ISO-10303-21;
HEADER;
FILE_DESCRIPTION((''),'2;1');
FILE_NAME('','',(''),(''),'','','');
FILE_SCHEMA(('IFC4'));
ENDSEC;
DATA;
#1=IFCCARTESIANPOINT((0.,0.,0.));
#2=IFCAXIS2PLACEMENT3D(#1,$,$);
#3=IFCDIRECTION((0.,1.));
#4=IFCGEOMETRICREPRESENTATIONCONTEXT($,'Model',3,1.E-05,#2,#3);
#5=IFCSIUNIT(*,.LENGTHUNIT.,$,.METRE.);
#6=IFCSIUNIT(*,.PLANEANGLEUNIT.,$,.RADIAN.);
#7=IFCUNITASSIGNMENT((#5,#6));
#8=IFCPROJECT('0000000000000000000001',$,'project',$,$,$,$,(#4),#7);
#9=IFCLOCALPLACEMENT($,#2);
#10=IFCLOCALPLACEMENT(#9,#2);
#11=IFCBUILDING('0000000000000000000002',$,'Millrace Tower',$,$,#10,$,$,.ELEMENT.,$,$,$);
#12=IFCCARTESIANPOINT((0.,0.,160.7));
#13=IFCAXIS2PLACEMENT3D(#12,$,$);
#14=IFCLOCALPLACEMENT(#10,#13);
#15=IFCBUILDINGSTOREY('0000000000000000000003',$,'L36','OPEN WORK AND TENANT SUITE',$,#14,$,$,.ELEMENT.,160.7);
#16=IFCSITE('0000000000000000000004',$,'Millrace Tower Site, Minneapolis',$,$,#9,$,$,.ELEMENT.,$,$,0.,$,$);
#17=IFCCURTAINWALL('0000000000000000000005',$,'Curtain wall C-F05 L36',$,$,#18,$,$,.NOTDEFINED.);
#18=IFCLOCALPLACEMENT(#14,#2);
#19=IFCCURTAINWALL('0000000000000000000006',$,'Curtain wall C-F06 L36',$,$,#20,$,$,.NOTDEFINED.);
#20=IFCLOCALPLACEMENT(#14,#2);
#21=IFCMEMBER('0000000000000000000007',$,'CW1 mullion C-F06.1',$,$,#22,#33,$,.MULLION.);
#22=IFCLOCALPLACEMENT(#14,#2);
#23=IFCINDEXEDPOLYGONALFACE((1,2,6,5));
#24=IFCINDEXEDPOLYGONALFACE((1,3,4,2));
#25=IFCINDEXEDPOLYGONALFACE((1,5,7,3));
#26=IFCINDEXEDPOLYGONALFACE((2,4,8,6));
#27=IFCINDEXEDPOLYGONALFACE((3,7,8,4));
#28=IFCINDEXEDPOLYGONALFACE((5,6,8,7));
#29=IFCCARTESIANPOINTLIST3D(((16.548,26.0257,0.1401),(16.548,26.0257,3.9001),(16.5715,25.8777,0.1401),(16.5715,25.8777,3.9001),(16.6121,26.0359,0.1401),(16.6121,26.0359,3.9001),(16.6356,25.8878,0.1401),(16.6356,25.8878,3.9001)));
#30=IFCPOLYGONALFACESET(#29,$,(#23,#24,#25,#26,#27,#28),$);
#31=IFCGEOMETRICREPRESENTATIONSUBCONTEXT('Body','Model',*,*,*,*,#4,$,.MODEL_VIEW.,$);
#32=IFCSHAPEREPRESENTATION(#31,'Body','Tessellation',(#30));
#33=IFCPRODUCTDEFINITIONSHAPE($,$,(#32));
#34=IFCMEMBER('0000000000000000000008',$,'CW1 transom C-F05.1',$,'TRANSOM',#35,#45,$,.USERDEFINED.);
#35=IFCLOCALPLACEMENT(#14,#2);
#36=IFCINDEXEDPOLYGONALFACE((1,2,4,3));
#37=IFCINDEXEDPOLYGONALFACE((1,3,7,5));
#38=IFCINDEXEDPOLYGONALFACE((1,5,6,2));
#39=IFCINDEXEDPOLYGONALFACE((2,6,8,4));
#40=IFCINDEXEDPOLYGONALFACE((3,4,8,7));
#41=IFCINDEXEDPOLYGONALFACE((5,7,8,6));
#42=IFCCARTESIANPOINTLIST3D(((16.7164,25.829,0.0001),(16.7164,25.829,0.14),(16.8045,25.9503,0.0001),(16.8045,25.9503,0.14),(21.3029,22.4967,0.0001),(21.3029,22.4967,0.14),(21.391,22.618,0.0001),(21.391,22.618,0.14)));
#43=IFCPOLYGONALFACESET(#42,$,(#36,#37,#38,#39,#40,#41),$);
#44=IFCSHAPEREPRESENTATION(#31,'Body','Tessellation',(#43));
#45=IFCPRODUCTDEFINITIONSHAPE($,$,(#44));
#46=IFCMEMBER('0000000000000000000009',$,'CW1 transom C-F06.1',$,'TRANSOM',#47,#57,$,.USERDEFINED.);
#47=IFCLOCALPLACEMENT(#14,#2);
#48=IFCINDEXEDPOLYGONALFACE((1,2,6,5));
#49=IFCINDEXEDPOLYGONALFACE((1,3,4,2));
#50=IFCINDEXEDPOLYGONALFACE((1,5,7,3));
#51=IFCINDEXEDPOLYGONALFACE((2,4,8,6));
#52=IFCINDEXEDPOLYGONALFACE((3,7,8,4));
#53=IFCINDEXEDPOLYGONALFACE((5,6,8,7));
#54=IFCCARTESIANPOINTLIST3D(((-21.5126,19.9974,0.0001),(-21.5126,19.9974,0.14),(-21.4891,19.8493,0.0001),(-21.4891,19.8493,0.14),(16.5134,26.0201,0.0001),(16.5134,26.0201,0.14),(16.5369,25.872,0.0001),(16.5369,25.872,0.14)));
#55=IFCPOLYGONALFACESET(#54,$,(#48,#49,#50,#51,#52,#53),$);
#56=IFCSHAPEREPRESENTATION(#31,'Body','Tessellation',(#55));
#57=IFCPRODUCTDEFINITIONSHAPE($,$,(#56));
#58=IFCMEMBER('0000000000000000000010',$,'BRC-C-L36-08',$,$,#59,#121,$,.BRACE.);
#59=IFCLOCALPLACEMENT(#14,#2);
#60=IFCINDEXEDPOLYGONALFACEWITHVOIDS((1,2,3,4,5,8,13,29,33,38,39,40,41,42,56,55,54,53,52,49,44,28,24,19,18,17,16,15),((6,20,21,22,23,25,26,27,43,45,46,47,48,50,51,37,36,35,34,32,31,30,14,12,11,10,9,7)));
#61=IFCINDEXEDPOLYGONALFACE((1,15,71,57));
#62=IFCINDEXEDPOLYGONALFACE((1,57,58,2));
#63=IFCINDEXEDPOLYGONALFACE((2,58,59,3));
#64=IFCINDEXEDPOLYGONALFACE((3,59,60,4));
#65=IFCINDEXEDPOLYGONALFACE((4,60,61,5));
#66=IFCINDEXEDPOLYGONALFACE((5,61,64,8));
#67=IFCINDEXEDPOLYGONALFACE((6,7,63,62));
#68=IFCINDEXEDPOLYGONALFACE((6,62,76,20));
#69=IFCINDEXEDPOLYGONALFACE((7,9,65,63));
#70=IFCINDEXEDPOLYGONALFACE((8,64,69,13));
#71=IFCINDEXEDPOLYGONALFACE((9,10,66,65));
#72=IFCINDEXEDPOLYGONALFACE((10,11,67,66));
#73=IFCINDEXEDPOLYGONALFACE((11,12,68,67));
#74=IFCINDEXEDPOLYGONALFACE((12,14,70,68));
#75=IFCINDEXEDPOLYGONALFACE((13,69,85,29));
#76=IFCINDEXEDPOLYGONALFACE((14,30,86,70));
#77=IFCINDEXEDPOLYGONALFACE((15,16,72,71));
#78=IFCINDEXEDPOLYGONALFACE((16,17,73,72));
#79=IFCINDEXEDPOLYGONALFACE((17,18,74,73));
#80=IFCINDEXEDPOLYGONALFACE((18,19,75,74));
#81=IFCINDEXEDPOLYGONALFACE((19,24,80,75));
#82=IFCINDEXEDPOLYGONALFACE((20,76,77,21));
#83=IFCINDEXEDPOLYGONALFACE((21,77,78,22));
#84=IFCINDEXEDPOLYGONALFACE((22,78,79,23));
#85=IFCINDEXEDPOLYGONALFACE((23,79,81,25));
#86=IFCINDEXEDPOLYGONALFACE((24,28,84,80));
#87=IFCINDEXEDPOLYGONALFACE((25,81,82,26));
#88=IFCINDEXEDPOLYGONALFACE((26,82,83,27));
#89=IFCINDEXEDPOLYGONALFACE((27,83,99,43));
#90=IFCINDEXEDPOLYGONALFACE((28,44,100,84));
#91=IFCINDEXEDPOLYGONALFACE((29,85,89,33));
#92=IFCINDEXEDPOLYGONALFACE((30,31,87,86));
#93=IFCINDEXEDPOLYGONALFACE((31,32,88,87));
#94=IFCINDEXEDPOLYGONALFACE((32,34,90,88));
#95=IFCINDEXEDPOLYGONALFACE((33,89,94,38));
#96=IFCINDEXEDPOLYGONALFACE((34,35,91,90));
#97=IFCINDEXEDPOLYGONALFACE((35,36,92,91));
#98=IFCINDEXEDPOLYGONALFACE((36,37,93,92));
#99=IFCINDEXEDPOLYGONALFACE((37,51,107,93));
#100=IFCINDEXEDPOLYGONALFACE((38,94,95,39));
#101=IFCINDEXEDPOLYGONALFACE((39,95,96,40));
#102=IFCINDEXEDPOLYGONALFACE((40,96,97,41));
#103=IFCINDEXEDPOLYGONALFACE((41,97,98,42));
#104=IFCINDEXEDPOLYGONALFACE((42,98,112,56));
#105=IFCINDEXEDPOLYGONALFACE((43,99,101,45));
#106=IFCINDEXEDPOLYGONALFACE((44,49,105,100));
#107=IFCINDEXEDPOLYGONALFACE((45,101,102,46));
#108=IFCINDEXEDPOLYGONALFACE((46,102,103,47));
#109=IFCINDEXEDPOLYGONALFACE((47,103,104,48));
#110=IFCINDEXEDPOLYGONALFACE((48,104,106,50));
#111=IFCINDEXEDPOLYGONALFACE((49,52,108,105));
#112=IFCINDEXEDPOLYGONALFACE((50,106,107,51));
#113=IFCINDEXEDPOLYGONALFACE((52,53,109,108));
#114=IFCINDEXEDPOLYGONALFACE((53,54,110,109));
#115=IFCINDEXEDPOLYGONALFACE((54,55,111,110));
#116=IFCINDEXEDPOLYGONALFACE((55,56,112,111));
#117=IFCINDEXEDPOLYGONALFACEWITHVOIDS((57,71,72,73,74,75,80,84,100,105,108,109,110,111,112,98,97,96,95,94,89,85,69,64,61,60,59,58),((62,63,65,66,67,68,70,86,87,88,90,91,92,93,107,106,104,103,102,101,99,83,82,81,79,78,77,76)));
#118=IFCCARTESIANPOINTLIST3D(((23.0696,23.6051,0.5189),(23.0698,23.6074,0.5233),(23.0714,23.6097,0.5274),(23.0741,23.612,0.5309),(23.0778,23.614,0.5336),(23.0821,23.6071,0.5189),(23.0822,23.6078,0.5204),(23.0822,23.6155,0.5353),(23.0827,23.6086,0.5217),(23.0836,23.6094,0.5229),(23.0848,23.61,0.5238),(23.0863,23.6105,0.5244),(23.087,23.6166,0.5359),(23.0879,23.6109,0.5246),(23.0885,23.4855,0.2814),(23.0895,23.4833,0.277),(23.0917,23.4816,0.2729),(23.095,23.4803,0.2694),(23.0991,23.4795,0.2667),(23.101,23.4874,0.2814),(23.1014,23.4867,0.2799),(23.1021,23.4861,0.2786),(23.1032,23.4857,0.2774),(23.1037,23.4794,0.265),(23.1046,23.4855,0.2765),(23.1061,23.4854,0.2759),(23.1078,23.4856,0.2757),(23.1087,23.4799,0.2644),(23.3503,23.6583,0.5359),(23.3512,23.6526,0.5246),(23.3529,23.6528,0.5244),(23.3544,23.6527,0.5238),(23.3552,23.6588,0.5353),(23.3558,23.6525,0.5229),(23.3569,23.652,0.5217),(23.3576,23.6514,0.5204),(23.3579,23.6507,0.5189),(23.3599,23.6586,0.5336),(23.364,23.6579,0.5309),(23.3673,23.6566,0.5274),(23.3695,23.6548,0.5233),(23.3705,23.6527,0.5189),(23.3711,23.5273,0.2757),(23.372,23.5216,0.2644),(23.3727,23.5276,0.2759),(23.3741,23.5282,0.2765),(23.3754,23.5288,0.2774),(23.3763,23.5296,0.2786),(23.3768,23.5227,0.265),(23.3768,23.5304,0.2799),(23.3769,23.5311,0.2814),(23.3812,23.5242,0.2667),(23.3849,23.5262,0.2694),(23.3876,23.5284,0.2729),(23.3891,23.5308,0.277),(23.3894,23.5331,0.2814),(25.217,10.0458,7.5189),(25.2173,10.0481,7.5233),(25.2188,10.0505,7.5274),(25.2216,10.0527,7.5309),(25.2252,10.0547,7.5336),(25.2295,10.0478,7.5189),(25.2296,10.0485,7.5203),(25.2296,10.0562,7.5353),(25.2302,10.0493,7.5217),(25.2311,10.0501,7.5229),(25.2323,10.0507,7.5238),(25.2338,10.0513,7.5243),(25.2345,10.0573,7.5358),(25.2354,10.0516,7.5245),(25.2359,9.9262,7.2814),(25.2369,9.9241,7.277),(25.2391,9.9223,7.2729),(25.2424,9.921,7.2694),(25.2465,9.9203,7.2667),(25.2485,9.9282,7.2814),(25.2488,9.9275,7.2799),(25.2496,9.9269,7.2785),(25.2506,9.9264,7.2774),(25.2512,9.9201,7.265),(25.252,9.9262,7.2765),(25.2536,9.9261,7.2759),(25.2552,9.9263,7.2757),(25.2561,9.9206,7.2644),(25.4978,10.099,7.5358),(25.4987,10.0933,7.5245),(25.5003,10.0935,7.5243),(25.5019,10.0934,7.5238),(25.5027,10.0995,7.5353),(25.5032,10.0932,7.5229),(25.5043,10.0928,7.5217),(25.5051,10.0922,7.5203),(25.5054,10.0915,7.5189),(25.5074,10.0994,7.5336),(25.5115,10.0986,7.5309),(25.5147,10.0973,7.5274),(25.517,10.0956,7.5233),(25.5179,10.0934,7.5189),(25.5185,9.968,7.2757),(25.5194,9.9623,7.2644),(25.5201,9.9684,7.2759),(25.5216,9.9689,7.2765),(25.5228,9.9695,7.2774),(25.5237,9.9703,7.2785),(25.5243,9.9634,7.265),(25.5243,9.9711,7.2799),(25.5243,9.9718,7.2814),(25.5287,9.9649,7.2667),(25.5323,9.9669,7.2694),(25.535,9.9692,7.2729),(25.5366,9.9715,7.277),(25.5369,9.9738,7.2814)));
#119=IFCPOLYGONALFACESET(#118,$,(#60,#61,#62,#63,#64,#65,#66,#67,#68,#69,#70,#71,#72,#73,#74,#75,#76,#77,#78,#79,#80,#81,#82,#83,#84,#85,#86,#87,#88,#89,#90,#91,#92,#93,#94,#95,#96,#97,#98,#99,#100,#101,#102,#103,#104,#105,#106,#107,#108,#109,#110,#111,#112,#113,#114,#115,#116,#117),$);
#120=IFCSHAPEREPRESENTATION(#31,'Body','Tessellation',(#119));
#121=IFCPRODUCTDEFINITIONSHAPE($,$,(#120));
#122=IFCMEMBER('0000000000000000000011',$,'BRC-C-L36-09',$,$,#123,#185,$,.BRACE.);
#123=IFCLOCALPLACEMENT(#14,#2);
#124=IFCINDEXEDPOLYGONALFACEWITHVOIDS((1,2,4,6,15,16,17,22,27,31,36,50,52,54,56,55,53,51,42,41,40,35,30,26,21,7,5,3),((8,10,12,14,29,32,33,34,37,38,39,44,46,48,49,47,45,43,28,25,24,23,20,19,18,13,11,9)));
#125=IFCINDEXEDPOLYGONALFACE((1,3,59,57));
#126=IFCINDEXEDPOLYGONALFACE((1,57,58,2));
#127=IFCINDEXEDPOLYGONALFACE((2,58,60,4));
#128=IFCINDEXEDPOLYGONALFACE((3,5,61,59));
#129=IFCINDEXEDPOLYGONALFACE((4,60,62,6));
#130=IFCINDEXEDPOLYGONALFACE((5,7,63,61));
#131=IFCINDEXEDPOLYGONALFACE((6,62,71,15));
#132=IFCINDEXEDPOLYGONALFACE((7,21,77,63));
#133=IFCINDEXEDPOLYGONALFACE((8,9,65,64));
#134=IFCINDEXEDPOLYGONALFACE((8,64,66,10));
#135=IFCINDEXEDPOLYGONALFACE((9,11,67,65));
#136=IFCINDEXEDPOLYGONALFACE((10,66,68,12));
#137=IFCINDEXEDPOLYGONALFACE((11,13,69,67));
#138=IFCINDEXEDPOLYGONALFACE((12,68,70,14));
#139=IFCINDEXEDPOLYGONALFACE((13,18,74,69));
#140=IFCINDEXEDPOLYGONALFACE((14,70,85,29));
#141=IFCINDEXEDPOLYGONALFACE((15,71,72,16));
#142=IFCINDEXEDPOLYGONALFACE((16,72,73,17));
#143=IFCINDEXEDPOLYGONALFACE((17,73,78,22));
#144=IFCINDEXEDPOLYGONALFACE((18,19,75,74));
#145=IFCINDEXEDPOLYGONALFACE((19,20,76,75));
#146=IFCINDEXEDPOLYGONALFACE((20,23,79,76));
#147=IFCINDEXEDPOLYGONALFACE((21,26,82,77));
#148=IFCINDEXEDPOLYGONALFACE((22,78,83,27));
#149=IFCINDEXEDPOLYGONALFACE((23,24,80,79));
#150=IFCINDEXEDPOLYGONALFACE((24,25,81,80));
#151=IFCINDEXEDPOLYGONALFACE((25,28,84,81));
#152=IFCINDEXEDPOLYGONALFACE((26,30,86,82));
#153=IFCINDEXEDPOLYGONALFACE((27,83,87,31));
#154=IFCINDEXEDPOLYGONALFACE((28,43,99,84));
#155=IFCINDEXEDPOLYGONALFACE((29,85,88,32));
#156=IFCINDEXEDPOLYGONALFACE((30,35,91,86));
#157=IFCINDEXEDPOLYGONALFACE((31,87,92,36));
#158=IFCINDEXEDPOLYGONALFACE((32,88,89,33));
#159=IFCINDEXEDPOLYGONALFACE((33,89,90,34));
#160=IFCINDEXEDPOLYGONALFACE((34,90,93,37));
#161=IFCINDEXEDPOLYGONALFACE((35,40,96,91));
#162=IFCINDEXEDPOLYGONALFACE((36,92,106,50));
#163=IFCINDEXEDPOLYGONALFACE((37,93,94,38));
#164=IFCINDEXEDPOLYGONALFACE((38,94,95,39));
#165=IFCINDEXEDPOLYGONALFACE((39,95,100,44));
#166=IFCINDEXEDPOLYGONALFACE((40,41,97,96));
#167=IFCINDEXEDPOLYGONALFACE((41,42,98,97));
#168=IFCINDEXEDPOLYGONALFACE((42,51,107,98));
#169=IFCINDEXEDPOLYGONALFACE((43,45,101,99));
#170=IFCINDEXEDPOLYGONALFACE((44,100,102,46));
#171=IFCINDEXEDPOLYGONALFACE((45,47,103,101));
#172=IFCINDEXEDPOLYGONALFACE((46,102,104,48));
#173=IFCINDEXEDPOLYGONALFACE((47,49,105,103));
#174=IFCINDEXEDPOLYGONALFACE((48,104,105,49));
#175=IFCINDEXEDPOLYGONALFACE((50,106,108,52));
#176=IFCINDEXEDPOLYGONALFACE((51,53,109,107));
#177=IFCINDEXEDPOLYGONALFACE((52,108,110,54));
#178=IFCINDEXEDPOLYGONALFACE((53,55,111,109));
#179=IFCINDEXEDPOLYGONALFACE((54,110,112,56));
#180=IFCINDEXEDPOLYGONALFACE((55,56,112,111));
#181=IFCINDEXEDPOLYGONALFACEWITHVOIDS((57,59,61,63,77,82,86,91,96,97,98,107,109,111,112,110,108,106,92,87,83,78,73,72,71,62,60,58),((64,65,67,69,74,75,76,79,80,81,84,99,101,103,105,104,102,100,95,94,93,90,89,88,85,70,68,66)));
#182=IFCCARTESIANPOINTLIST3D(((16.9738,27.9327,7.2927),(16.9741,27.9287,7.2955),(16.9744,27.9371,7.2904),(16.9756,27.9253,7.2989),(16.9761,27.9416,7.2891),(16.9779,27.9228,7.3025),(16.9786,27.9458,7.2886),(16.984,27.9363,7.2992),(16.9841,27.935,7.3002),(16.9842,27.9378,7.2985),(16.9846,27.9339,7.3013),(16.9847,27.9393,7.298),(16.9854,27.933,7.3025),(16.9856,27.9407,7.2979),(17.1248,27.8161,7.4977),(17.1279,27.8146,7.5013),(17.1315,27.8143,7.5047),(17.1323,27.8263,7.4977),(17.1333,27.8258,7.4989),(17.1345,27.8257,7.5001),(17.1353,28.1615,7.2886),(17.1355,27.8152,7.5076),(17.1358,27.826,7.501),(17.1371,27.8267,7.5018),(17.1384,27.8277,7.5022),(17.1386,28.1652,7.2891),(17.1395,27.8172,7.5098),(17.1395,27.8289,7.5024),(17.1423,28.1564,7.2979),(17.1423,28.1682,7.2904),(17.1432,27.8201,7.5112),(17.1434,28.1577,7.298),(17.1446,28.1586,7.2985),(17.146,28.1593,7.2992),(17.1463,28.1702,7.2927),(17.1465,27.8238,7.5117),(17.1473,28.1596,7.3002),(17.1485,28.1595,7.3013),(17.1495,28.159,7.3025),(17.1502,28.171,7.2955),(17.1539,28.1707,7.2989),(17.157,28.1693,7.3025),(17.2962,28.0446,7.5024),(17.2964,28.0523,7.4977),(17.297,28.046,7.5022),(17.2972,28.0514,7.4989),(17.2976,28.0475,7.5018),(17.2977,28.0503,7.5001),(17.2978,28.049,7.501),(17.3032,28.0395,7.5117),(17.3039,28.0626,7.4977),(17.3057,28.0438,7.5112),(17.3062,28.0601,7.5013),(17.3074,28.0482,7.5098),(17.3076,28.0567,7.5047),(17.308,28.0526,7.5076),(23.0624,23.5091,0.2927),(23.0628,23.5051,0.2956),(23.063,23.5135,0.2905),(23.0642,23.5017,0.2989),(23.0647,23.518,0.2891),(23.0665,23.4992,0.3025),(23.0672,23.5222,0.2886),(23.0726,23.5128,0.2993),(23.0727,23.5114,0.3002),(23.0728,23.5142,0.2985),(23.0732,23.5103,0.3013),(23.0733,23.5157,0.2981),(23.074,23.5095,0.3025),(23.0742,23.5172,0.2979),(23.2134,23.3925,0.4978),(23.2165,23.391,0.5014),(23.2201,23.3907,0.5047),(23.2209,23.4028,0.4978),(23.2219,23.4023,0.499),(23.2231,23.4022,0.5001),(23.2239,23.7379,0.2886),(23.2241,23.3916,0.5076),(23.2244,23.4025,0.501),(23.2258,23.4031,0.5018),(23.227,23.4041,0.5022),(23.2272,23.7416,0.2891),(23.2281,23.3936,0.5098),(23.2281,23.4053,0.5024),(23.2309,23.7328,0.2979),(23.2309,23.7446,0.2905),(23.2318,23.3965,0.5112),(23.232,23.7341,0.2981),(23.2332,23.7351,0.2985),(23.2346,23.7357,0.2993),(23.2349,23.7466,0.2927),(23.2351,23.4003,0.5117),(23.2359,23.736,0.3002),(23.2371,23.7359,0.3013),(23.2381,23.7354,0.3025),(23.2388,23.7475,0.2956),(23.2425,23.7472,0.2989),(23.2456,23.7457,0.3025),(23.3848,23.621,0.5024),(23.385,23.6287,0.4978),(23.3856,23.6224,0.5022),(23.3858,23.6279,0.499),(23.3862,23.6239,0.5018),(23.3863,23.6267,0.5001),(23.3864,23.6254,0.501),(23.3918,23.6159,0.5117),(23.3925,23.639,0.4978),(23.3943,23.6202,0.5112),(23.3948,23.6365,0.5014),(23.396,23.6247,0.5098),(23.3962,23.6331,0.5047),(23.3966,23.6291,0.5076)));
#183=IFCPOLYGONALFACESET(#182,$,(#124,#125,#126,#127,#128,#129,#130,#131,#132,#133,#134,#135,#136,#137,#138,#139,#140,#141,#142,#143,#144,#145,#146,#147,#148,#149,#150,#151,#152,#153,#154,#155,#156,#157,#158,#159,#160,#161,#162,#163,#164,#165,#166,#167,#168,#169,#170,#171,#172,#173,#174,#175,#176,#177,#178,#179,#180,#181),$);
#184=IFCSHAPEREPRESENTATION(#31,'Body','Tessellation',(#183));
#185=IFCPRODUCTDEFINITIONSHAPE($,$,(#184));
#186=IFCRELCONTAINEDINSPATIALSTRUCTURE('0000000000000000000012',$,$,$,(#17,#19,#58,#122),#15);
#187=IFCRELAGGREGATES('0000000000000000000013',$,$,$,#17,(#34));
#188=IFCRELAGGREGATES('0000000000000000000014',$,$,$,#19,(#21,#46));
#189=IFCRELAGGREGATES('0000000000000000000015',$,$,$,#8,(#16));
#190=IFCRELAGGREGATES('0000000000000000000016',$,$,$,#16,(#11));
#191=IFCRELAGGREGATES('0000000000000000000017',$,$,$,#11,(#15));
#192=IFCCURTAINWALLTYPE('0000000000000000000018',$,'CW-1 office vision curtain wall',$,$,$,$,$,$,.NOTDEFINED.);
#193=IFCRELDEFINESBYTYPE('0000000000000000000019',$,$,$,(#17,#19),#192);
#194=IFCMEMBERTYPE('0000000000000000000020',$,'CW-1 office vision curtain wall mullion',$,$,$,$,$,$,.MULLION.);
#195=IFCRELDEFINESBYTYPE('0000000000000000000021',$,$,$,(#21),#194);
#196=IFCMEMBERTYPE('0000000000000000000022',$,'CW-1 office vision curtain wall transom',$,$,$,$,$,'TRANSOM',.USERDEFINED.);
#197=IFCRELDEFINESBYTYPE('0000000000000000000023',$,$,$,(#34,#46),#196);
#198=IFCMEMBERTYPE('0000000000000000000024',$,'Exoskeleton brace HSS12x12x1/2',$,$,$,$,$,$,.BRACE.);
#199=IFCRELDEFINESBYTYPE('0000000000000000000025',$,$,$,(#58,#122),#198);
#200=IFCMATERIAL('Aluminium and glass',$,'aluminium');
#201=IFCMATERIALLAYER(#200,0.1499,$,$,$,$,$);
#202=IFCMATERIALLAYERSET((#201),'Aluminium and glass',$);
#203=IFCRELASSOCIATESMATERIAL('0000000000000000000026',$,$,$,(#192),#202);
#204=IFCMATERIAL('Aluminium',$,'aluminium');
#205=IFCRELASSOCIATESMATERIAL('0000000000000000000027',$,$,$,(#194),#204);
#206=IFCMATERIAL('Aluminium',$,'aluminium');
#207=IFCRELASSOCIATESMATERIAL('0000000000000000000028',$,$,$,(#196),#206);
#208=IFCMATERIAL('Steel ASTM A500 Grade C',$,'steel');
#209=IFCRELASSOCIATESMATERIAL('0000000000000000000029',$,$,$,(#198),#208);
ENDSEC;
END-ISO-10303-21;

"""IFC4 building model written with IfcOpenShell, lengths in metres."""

from ifc_helpers import new_model, si_unit, direction, frame, origin, origin_2d, place, context, subcontext, project, spatial, rectangle, hollow_rectangle, extrude, material, layer, layer_set, material_profile, profile_set, type_object, element, aggregate, save


model = new_model("IFC4")

# Units and contexts
model_context = context("Model", 3, precision=1e-05, world=origin(), true_north=direction((0.0, 1.0)))
body_context = subcontext(model_context, "Body", "Model", "MODEL_VIEW")
ifc_project = project(units=[si_unit("LENGTHUNIT", "METRE"), si_unit("PLANEANGLEUNIT", "RADIAN")], contexts=[model_context])

# Site, building, storey
site_placement = place(None, origin())
site = spatial("IfcSite", under=ifc_project, at=site_placement, Name="Millrace Tower Site, Minneapolis", CompositionType="ELEMENT", RefElevation=0.0)
building_placement = place(site_placement, origin())
building = spatial("IfcBuilding", under=site, at=building_placement, Name="Millrace Tower", CompositionType="ELEMENT")
storey_placement = place(building_placement, frame((0.0, 0.0, 160.7)))
storey = spatial("IfcBuildingStorey", under=building, at=storey_placement, Name="L36", Description="OPEN WORK AND TENANT SUITE", CompositionType="ELEMENT", Elevation=160.7)

# Shared definitions
ifc_material_1 = material(Name="Aluminium and glass", Category="aluminium")
ifc_layer_1 = layer(ifc_material_1, 0.1499)
ifc_layer_set_1 = layer_set([ifc_layer_1], Name="Aluminium and glass")
curtain_wall_type = type_object("IfcCurtainWallType", Name="CW-1 office vision curtain wall", PredefinedType="NOTDEFINED", material=ifc_layer_set_1)
placement = place(storey_placement, origin())
ifc_material_2 = material(Name="Aluminium", Category="aluminium")
ifc_material_profile_1 = material_profile(ifc_material_2, rectangle(XDim=0.0649, YDim=0.1499, at=origin_2d()))
ifc_profile_set_1 = profile_set([ifc_material_profile_1], Name="Aluminium")
member_type_1 = type_object("IfcMemberType", Name="CW-1 office vision curtain wall mullion", PredefinedType="MULLION", material=ifc_profile_set_1)

# Curtain walls, member
curtain_wall_1 = element("IfcCurtainWall", 1, at=placement, inside=storey, type_object=curtain_wall_type, Name="Curtain wall C-F05 L36", PredefinedType="NOTDEFINED")
curtain_wall_2 = element("IfcCurtainWall", 2, at=placement, inside=storey, type_object=curtain_wall_type, Name="Curtain wall C-F06 L36", PredefinedType="NOTDEFINED")
member_1_placement = place(storey_placement, frame((16.5918, 25.9568, 0.1401), z_axis=(0.0, 0.0, 1.0), x_axis=(-0.987688, -0.156434, 0.0)))
member_1 = element("IfcMember", 3, at=member_1_placement, type_object=member_type_1, Name="CW1 mullion C-F06.1", PredefinedType="MULLION", context=body_context, shape_type="SweptSolid", body=[
    extrude(rectangle(XDim=0.0649, YDim=0.1499, at=origin_2d()), origin(), (0.0, 0.0, 1.0), 3.76),
])

# Members
ifc_material_3 = material(Name="Aluminium", Category="aluminium")
ifc_material_profile_2 = material_profile(ifc_material_3, rectangle(XDim=0.1499, YDim=0.1399, at=origin_2d()))
ifc_profile_set_2 = profile_set([ifc_material_profile_2], Name="Aluminium")
member_type_2 = type_object("IfcMemberType", Name="CW-1 office vision curtain wall transom", ElementType="TRANSOM", PredefinedType="USERDEFINED", material=ifc_profile_set_2)
member_2_placement = place(storey_placement, frame((21.3469, 22.5574, 0.0701), z_axis=(-0.809013, 0.58779, 0.0), x_axis=(-0.58779, -0.809013, 0.0)))
member_2 = element("IfcMember", 4, at=member_2_placement, type_object=member_type_2, Name="CW1 transom C-F05.1", ObjectType="TRANSOM", PredefinedType="USERDEFINED", context=body_context, shape_type="SweptSolid", body=[
    extrude(rectangle(XDim=0.1499, YDim=0.1399, at=origin_2d()), origin(), (0.0, 0.0, 1.0), 5.6692),
])
aggregate(curtain_wall_1, [member_2])
member_3_placement = place(storey_placement, frame((16.5251, 25.946, 0.0701), z_axis=(-0.987689, -0.156433, 0.0), x_axis=(0.156433, -0.987689, 0.0)))
member_3 = element("IfcMember", 5, at=member_3_placement, type_object=member_type_2, Name="CW1 transom C-F06.1", ObjectType="TRANSOM", PredefinedType="USERDEFINED", context=body_context, shape_type="SweptSolid", body=[
    extrude(rectangle(XDim=0.1499, YDim=0.1399, at=origin_2d()), origin(), (0.0, 0.0, 1.0), 38.5),
])
aggregate(curtain_wall_2, [member_1, member_3])

# Members
ifc_material_4 = material(Name="Steel ASTM A500 Grade C", Category="steel")
ifc_material_profile_3 = material_profile(ifc_material_4, hollow_rectangle(XDim=0.3047, YDim=0.3047, WallThickness=0.0127, InnerFilletRadius=0.0063, OuterFilletRadius=0.019, at=origin_2d()))
ifc_profile_set_3 = profile_set([ifc_material_profile_3], Name="Steel ASTM A500 Grade C")
member_type_3 = type_object("IfcMemberType", Name="Exoskeleton brace HSS12x12x1/2", PredefinedType="BRACE", material=ifc_profile_set_3)
member_4_placement = place(storey_placement, frame((23.2295, 23.5691, 0.4001), z_axis=(0.139355, -0.879907, 0.454252), x_axis=(0.98769, 0.156426, 0.0)))
element("IfcMember", 6, at=member_4_placement, inside=storey, type_object=member_type_3, Name="BRC-C-L36-08", PredefinedType="BRACE", context=body_context, shape_type="SweptSolid", body=[
    extrude(hollow_rectangle(XDim=0.3047, YDim=0.3047, WallThickness=0.0127, InnerFilletRadius=0.0063, OuterFilletRadius=0.019, at=origin_2d()), origin(), (0.0, 0.0, 1.0), 15.4099),
])
member_5_placement = place(storey_placement, frame((23.2295, 23.5691, 0.4001), z_axis=(-0.592388, 0.430389, 0.681059), x_axis=(-0.58778, -0.809021, 0.0)))
element("IfcMember", 7, at=member_5_placement, inside=storey, type_object=member_type_3, Name="BRC-C-L36-09", PredefinedType="BRACE", context=body_context, shape_type="SweptSolid", body=[
    extrude(hollow_rectangle(XDim=0.3047, YDim=0.3047, WallThickness=0.0127, InnerFilletRadius=0.0063, OuterFilletRadius=0.019, at=origin_2d()), origin(), (0.0, 0.0, 1.0), 10.2781),
])

save(model, "model.ifc")
